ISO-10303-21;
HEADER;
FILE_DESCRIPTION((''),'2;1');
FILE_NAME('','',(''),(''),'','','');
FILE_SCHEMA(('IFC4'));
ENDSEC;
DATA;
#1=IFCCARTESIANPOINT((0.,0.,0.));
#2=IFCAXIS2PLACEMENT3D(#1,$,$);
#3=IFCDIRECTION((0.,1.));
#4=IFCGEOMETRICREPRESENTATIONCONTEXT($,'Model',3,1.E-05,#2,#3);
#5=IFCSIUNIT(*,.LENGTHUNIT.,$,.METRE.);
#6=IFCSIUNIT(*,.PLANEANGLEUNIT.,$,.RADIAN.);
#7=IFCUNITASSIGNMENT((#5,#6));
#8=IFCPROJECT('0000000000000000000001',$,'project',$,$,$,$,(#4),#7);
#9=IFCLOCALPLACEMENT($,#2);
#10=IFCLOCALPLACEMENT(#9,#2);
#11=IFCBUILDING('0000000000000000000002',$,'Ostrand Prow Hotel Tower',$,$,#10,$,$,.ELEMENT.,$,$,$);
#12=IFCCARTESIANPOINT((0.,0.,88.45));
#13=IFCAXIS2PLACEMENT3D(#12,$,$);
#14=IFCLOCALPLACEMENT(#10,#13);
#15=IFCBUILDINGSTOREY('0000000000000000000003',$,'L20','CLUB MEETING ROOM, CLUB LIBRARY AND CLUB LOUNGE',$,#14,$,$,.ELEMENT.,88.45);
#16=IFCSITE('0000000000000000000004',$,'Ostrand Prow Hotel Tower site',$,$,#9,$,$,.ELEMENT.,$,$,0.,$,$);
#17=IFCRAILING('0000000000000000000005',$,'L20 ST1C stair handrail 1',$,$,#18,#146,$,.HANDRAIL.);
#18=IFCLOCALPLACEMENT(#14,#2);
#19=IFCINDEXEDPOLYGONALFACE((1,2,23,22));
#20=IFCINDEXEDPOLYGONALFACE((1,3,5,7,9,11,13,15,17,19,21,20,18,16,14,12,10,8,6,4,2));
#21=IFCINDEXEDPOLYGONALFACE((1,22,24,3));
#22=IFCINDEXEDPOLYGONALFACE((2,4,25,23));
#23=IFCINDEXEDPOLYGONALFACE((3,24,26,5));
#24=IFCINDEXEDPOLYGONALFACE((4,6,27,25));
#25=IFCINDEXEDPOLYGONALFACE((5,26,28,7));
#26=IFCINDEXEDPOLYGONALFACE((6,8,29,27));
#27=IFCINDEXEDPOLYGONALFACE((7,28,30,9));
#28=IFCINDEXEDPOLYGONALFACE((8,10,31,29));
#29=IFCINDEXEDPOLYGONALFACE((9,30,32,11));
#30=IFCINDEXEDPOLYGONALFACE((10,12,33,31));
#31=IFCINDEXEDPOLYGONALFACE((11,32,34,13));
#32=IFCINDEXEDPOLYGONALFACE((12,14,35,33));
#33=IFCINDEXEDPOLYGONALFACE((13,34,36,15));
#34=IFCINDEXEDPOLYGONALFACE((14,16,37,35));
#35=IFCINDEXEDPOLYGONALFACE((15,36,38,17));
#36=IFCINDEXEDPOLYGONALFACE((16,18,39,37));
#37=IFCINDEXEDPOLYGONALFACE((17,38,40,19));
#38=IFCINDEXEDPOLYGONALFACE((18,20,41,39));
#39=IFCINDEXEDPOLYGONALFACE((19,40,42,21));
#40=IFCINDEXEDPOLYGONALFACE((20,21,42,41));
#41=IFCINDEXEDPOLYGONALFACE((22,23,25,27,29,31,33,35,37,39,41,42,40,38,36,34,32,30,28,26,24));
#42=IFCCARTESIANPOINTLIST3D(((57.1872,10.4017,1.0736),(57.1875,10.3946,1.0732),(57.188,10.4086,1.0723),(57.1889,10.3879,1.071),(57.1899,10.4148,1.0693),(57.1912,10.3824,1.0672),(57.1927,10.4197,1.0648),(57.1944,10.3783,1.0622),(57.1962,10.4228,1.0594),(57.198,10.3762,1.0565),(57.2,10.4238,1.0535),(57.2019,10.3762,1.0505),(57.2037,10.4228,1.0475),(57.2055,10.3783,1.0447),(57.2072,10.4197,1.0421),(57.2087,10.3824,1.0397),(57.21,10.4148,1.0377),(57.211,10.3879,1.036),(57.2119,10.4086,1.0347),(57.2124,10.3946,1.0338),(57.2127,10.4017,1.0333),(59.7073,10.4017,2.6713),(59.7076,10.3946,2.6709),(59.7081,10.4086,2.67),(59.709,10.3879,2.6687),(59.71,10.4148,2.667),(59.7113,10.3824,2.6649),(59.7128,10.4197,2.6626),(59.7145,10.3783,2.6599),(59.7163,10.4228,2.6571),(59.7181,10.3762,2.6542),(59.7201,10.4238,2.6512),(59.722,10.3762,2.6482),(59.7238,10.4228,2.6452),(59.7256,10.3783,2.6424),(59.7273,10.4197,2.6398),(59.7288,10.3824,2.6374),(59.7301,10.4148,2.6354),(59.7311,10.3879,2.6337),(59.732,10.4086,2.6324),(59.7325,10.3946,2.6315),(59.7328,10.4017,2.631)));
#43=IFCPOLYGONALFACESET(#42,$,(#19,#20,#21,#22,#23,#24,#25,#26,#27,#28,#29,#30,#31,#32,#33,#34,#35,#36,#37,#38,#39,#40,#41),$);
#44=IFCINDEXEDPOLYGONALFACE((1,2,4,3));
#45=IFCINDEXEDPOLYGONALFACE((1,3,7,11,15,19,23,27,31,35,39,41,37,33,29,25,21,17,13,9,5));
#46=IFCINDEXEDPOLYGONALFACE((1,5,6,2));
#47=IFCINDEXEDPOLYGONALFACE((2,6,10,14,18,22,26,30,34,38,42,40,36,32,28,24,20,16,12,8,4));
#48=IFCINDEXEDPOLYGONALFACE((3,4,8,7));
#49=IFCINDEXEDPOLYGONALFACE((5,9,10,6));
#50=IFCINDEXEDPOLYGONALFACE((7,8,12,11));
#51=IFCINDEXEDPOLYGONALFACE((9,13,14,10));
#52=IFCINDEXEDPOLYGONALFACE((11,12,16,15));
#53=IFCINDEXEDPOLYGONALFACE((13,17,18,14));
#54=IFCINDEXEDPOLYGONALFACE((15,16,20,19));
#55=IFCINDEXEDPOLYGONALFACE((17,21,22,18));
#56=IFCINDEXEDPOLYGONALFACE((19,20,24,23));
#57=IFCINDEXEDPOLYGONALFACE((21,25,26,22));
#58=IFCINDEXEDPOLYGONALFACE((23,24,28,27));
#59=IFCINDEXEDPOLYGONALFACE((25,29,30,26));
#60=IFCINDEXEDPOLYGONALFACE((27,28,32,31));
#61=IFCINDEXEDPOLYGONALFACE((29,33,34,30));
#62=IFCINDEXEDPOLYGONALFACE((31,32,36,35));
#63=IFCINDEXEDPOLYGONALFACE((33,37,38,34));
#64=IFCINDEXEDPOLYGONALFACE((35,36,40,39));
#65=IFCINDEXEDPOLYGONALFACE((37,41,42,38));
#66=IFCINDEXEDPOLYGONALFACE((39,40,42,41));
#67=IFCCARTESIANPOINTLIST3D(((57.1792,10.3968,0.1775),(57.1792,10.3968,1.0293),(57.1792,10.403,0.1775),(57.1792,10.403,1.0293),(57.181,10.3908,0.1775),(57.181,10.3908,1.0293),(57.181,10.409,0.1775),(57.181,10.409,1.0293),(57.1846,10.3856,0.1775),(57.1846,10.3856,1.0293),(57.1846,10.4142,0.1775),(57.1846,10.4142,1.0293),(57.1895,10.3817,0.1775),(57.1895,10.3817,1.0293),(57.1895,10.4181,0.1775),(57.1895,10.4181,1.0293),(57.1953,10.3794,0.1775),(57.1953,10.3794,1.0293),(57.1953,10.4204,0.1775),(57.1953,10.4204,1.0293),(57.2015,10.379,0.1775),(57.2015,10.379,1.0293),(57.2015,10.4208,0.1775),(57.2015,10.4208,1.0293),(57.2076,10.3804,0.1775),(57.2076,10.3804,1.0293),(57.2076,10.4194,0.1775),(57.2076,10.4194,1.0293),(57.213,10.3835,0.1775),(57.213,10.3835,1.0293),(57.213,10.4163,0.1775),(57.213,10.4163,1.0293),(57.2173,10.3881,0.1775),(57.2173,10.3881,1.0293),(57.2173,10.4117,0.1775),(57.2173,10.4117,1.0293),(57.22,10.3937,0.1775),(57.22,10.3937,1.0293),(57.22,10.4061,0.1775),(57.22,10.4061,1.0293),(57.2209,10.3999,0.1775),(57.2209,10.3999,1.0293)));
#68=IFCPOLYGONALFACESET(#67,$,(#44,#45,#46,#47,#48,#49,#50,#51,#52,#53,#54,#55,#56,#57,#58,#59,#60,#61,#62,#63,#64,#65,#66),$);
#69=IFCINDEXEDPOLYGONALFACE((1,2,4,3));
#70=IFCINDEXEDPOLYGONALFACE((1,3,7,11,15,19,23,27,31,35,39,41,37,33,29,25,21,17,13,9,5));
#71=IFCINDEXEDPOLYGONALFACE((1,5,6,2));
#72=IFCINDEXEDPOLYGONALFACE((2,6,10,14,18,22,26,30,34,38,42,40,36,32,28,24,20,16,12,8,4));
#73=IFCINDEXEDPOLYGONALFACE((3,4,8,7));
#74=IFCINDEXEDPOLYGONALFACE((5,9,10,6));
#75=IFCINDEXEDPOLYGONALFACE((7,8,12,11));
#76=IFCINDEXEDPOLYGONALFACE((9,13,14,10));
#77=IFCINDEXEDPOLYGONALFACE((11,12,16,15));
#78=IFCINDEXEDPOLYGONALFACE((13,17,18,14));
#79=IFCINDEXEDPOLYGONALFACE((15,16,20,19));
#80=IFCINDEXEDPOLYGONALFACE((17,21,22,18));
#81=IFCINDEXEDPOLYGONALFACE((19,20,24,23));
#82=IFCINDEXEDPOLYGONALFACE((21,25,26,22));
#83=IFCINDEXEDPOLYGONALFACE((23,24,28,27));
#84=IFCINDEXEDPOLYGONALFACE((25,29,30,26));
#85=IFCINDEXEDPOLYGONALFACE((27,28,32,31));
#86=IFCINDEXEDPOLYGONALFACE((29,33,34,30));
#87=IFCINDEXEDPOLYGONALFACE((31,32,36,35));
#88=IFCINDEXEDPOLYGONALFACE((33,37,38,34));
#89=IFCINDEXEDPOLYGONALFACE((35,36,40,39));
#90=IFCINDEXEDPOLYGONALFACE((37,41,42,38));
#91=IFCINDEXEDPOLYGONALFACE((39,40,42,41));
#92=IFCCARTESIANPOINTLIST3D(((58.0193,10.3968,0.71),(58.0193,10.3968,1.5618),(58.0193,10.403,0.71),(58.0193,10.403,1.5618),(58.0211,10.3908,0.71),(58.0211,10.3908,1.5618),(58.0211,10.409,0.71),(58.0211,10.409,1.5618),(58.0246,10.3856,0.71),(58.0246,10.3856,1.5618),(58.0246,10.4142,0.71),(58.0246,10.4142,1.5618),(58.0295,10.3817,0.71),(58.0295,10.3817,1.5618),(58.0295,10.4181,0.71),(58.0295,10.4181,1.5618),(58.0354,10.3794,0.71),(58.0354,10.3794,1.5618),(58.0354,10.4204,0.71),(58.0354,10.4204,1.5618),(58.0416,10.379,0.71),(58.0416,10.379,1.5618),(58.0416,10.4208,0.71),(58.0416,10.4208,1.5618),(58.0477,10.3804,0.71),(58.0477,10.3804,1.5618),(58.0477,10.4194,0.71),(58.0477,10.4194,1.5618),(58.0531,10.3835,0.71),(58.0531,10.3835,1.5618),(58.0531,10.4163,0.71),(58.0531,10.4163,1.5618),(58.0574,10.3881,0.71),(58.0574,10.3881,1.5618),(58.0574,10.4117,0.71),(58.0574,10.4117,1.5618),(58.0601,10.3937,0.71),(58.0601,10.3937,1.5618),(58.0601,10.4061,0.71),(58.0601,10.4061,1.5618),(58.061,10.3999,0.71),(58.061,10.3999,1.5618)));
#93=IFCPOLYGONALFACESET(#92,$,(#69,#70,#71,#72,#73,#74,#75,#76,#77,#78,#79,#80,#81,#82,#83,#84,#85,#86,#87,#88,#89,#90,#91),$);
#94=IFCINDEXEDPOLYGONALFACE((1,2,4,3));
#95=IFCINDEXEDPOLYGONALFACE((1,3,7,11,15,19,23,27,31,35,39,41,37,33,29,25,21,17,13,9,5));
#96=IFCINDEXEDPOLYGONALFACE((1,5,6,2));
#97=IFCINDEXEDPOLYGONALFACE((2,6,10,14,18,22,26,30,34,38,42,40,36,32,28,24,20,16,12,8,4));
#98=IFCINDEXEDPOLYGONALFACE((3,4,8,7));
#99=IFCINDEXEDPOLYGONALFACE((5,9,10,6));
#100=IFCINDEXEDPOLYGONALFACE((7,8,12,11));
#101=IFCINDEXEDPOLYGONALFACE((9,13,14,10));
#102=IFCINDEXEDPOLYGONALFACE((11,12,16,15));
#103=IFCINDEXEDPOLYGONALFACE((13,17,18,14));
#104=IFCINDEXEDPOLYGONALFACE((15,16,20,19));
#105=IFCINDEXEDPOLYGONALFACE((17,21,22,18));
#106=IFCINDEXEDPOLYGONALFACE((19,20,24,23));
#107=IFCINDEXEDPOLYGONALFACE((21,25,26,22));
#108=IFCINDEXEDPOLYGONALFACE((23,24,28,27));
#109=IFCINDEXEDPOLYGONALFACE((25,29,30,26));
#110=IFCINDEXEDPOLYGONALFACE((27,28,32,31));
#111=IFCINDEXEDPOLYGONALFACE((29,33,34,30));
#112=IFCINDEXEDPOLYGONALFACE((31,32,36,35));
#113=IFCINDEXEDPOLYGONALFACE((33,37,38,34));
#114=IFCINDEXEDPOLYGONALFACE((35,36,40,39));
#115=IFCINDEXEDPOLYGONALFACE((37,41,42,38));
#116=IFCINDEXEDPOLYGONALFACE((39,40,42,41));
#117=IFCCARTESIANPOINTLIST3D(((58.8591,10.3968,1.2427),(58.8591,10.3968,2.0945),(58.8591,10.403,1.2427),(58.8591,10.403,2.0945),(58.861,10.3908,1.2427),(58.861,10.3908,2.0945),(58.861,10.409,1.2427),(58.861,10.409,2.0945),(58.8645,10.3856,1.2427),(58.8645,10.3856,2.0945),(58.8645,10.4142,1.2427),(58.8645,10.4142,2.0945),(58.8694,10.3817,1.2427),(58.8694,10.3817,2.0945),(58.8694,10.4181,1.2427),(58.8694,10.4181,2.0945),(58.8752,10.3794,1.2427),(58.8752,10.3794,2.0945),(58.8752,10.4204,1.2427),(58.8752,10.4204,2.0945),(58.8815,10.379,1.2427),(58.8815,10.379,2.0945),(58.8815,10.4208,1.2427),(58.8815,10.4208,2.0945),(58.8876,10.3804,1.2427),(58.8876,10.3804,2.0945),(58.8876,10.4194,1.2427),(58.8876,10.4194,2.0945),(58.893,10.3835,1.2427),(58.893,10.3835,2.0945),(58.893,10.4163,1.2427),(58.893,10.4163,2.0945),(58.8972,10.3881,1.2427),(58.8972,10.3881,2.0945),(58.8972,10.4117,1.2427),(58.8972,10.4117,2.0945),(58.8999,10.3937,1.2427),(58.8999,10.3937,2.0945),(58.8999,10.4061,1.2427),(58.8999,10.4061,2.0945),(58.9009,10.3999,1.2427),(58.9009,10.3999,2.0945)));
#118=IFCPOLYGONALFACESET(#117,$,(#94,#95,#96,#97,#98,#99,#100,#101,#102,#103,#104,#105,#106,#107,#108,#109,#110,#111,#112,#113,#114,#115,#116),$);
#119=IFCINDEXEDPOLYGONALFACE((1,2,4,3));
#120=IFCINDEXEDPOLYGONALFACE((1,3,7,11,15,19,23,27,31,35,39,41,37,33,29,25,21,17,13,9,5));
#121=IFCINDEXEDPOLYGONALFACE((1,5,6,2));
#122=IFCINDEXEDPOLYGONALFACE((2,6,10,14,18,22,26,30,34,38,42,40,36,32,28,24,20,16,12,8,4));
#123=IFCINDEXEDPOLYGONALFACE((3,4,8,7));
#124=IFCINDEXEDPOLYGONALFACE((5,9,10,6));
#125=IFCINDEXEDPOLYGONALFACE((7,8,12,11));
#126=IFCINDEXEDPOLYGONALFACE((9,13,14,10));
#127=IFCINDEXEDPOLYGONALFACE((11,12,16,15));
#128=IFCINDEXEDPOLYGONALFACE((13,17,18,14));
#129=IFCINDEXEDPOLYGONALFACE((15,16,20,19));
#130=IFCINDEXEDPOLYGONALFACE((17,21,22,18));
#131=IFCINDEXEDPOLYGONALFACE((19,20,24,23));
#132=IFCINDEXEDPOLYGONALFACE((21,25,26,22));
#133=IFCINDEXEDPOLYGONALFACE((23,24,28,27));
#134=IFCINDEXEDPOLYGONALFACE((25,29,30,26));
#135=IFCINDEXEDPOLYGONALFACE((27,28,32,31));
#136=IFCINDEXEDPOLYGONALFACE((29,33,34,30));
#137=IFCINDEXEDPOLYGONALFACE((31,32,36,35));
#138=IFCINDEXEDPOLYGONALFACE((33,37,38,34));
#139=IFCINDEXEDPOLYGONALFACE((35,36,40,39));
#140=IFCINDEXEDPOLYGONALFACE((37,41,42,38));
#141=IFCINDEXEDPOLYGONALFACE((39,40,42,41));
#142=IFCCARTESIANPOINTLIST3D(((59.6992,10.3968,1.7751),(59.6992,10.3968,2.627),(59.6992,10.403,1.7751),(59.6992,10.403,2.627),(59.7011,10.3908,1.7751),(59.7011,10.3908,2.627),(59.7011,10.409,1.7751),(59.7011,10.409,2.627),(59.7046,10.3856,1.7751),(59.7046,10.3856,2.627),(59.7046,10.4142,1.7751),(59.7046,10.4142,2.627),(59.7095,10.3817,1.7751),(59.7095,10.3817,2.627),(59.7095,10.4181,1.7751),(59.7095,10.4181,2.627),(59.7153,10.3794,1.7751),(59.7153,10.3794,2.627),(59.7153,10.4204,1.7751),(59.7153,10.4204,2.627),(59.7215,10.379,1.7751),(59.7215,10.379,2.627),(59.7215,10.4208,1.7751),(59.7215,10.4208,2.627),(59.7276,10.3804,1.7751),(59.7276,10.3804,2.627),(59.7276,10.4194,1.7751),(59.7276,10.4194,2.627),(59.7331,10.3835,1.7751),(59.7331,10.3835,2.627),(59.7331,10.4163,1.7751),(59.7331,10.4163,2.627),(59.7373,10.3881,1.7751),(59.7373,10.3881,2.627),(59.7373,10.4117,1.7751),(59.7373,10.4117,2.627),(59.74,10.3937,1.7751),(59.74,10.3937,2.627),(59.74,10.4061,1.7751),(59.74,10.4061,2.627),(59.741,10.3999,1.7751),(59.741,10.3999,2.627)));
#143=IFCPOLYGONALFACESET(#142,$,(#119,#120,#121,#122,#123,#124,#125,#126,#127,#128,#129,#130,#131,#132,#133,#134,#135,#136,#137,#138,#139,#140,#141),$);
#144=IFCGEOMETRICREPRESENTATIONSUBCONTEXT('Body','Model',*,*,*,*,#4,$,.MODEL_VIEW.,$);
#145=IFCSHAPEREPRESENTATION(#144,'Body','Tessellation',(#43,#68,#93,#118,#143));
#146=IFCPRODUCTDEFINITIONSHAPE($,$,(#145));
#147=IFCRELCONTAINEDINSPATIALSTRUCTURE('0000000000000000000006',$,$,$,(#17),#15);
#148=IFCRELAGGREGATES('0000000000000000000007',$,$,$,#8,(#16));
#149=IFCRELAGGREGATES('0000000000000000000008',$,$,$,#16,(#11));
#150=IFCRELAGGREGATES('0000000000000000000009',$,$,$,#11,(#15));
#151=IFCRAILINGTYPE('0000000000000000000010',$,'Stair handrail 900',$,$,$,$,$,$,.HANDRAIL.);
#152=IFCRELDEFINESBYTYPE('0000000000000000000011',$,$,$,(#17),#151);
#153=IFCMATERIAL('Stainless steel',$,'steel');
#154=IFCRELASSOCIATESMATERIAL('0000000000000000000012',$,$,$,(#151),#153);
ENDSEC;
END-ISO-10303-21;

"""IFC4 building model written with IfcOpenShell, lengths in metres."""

from ifc_helpers import new_model, si_unit, direction, frame, origin, origin_2d, place, context, subcontext, project, spatial, circle, extrude, material, type_object, element, save


model = new_model("IFC4")

# Units and contexts
model_context = context("Model", 3, precision=1e-05, world=origin(), true_north=direction((0.0, 1.0)))
body_context = subcontext(model_context, "Body", "Model", "MODEL_VIEW")
ifc_project = project(units=[si_unit("LENGTHUNIT", "METRE"), si_unit("PLANEANGLEUNIT", "RADIAN")], contexts=[model_context])

# Site, building, storey
site_placement = place(None, origin())
site = spatial("IfcSite", under=ifc_project, at=site_placement, Name="Ostrand Prow Hotel Tower site", CompositionType="ELEMENT", RefElevation=0.0)
building_placement = place(site_placement, origin())
building = spatial("IfcBuilding", under=site, at=building_placement, Name="Ostrand Prow Hotel Tower", CompositionType="ELEMENT")
storey_placement = place(building_placement, frame((0.0, 0.0, 88.45)))
storey = spatial("IfcBuildingStorey", under=building, at=storey_placement, Name="L20", Description="CLUB MEETING ROOM, CLUB LIBRARY AND CLUB LOUNGE", CompositionType="ELEMENT", Elevation=88.45)

# Railing
ifc_material_1 = material(Name="Stainless steel", Category="steel")
railing_type_1 = type_object("IfcRailingType", Name="Stair handrail 900", PredefinedType="HANDRAIL", material=ifc_material_1)
railing_1_placement = place(storey_placement, frame((57.2, 10.3999, 0.1775)))
element("IfcRailing", 1, at=railing_1_placement, inside=storey, type_object=railing_type_1, Name="L20 ST1C stair handrail 1", PredefinedType="HANDRAIL", context=body_context, shape_type="SweptSolid", body=[
    extrude(circle(Radius=0.0239, at=origin_2d()), frame((0.0, 0.0, 0.876), z_axis=(0.84457, 0.0, 0.535445), x_axis=(0.0, 1.0, 0.0)), (0.0, 0.0, 1.0), 2.9839),
    extrude(circle(Radius=0.021, at=origin_2d()), origin(), (0.0, 0.0, 1.0), 0.8518),
    extrude(circle(Radius=0.021, at=origin_2d()), frame((0.8401, 0.0, 0.5325)), (0.0, 0.0, 1.0), 0.8518),
    extrude(circle(Radius=0.021, at=origin_2d()), frame((1.6799, 0.0, 1.0652)), (0.0, 0.0, 1.0), 0.8518),
    extrude(circle(Radius=0.021, at=origin_2d()), frame((2.52, 0.0, 1.5977)), (0.0, 0.0, 1.0), 0.8518),
])

save(model, "model.ifc")
